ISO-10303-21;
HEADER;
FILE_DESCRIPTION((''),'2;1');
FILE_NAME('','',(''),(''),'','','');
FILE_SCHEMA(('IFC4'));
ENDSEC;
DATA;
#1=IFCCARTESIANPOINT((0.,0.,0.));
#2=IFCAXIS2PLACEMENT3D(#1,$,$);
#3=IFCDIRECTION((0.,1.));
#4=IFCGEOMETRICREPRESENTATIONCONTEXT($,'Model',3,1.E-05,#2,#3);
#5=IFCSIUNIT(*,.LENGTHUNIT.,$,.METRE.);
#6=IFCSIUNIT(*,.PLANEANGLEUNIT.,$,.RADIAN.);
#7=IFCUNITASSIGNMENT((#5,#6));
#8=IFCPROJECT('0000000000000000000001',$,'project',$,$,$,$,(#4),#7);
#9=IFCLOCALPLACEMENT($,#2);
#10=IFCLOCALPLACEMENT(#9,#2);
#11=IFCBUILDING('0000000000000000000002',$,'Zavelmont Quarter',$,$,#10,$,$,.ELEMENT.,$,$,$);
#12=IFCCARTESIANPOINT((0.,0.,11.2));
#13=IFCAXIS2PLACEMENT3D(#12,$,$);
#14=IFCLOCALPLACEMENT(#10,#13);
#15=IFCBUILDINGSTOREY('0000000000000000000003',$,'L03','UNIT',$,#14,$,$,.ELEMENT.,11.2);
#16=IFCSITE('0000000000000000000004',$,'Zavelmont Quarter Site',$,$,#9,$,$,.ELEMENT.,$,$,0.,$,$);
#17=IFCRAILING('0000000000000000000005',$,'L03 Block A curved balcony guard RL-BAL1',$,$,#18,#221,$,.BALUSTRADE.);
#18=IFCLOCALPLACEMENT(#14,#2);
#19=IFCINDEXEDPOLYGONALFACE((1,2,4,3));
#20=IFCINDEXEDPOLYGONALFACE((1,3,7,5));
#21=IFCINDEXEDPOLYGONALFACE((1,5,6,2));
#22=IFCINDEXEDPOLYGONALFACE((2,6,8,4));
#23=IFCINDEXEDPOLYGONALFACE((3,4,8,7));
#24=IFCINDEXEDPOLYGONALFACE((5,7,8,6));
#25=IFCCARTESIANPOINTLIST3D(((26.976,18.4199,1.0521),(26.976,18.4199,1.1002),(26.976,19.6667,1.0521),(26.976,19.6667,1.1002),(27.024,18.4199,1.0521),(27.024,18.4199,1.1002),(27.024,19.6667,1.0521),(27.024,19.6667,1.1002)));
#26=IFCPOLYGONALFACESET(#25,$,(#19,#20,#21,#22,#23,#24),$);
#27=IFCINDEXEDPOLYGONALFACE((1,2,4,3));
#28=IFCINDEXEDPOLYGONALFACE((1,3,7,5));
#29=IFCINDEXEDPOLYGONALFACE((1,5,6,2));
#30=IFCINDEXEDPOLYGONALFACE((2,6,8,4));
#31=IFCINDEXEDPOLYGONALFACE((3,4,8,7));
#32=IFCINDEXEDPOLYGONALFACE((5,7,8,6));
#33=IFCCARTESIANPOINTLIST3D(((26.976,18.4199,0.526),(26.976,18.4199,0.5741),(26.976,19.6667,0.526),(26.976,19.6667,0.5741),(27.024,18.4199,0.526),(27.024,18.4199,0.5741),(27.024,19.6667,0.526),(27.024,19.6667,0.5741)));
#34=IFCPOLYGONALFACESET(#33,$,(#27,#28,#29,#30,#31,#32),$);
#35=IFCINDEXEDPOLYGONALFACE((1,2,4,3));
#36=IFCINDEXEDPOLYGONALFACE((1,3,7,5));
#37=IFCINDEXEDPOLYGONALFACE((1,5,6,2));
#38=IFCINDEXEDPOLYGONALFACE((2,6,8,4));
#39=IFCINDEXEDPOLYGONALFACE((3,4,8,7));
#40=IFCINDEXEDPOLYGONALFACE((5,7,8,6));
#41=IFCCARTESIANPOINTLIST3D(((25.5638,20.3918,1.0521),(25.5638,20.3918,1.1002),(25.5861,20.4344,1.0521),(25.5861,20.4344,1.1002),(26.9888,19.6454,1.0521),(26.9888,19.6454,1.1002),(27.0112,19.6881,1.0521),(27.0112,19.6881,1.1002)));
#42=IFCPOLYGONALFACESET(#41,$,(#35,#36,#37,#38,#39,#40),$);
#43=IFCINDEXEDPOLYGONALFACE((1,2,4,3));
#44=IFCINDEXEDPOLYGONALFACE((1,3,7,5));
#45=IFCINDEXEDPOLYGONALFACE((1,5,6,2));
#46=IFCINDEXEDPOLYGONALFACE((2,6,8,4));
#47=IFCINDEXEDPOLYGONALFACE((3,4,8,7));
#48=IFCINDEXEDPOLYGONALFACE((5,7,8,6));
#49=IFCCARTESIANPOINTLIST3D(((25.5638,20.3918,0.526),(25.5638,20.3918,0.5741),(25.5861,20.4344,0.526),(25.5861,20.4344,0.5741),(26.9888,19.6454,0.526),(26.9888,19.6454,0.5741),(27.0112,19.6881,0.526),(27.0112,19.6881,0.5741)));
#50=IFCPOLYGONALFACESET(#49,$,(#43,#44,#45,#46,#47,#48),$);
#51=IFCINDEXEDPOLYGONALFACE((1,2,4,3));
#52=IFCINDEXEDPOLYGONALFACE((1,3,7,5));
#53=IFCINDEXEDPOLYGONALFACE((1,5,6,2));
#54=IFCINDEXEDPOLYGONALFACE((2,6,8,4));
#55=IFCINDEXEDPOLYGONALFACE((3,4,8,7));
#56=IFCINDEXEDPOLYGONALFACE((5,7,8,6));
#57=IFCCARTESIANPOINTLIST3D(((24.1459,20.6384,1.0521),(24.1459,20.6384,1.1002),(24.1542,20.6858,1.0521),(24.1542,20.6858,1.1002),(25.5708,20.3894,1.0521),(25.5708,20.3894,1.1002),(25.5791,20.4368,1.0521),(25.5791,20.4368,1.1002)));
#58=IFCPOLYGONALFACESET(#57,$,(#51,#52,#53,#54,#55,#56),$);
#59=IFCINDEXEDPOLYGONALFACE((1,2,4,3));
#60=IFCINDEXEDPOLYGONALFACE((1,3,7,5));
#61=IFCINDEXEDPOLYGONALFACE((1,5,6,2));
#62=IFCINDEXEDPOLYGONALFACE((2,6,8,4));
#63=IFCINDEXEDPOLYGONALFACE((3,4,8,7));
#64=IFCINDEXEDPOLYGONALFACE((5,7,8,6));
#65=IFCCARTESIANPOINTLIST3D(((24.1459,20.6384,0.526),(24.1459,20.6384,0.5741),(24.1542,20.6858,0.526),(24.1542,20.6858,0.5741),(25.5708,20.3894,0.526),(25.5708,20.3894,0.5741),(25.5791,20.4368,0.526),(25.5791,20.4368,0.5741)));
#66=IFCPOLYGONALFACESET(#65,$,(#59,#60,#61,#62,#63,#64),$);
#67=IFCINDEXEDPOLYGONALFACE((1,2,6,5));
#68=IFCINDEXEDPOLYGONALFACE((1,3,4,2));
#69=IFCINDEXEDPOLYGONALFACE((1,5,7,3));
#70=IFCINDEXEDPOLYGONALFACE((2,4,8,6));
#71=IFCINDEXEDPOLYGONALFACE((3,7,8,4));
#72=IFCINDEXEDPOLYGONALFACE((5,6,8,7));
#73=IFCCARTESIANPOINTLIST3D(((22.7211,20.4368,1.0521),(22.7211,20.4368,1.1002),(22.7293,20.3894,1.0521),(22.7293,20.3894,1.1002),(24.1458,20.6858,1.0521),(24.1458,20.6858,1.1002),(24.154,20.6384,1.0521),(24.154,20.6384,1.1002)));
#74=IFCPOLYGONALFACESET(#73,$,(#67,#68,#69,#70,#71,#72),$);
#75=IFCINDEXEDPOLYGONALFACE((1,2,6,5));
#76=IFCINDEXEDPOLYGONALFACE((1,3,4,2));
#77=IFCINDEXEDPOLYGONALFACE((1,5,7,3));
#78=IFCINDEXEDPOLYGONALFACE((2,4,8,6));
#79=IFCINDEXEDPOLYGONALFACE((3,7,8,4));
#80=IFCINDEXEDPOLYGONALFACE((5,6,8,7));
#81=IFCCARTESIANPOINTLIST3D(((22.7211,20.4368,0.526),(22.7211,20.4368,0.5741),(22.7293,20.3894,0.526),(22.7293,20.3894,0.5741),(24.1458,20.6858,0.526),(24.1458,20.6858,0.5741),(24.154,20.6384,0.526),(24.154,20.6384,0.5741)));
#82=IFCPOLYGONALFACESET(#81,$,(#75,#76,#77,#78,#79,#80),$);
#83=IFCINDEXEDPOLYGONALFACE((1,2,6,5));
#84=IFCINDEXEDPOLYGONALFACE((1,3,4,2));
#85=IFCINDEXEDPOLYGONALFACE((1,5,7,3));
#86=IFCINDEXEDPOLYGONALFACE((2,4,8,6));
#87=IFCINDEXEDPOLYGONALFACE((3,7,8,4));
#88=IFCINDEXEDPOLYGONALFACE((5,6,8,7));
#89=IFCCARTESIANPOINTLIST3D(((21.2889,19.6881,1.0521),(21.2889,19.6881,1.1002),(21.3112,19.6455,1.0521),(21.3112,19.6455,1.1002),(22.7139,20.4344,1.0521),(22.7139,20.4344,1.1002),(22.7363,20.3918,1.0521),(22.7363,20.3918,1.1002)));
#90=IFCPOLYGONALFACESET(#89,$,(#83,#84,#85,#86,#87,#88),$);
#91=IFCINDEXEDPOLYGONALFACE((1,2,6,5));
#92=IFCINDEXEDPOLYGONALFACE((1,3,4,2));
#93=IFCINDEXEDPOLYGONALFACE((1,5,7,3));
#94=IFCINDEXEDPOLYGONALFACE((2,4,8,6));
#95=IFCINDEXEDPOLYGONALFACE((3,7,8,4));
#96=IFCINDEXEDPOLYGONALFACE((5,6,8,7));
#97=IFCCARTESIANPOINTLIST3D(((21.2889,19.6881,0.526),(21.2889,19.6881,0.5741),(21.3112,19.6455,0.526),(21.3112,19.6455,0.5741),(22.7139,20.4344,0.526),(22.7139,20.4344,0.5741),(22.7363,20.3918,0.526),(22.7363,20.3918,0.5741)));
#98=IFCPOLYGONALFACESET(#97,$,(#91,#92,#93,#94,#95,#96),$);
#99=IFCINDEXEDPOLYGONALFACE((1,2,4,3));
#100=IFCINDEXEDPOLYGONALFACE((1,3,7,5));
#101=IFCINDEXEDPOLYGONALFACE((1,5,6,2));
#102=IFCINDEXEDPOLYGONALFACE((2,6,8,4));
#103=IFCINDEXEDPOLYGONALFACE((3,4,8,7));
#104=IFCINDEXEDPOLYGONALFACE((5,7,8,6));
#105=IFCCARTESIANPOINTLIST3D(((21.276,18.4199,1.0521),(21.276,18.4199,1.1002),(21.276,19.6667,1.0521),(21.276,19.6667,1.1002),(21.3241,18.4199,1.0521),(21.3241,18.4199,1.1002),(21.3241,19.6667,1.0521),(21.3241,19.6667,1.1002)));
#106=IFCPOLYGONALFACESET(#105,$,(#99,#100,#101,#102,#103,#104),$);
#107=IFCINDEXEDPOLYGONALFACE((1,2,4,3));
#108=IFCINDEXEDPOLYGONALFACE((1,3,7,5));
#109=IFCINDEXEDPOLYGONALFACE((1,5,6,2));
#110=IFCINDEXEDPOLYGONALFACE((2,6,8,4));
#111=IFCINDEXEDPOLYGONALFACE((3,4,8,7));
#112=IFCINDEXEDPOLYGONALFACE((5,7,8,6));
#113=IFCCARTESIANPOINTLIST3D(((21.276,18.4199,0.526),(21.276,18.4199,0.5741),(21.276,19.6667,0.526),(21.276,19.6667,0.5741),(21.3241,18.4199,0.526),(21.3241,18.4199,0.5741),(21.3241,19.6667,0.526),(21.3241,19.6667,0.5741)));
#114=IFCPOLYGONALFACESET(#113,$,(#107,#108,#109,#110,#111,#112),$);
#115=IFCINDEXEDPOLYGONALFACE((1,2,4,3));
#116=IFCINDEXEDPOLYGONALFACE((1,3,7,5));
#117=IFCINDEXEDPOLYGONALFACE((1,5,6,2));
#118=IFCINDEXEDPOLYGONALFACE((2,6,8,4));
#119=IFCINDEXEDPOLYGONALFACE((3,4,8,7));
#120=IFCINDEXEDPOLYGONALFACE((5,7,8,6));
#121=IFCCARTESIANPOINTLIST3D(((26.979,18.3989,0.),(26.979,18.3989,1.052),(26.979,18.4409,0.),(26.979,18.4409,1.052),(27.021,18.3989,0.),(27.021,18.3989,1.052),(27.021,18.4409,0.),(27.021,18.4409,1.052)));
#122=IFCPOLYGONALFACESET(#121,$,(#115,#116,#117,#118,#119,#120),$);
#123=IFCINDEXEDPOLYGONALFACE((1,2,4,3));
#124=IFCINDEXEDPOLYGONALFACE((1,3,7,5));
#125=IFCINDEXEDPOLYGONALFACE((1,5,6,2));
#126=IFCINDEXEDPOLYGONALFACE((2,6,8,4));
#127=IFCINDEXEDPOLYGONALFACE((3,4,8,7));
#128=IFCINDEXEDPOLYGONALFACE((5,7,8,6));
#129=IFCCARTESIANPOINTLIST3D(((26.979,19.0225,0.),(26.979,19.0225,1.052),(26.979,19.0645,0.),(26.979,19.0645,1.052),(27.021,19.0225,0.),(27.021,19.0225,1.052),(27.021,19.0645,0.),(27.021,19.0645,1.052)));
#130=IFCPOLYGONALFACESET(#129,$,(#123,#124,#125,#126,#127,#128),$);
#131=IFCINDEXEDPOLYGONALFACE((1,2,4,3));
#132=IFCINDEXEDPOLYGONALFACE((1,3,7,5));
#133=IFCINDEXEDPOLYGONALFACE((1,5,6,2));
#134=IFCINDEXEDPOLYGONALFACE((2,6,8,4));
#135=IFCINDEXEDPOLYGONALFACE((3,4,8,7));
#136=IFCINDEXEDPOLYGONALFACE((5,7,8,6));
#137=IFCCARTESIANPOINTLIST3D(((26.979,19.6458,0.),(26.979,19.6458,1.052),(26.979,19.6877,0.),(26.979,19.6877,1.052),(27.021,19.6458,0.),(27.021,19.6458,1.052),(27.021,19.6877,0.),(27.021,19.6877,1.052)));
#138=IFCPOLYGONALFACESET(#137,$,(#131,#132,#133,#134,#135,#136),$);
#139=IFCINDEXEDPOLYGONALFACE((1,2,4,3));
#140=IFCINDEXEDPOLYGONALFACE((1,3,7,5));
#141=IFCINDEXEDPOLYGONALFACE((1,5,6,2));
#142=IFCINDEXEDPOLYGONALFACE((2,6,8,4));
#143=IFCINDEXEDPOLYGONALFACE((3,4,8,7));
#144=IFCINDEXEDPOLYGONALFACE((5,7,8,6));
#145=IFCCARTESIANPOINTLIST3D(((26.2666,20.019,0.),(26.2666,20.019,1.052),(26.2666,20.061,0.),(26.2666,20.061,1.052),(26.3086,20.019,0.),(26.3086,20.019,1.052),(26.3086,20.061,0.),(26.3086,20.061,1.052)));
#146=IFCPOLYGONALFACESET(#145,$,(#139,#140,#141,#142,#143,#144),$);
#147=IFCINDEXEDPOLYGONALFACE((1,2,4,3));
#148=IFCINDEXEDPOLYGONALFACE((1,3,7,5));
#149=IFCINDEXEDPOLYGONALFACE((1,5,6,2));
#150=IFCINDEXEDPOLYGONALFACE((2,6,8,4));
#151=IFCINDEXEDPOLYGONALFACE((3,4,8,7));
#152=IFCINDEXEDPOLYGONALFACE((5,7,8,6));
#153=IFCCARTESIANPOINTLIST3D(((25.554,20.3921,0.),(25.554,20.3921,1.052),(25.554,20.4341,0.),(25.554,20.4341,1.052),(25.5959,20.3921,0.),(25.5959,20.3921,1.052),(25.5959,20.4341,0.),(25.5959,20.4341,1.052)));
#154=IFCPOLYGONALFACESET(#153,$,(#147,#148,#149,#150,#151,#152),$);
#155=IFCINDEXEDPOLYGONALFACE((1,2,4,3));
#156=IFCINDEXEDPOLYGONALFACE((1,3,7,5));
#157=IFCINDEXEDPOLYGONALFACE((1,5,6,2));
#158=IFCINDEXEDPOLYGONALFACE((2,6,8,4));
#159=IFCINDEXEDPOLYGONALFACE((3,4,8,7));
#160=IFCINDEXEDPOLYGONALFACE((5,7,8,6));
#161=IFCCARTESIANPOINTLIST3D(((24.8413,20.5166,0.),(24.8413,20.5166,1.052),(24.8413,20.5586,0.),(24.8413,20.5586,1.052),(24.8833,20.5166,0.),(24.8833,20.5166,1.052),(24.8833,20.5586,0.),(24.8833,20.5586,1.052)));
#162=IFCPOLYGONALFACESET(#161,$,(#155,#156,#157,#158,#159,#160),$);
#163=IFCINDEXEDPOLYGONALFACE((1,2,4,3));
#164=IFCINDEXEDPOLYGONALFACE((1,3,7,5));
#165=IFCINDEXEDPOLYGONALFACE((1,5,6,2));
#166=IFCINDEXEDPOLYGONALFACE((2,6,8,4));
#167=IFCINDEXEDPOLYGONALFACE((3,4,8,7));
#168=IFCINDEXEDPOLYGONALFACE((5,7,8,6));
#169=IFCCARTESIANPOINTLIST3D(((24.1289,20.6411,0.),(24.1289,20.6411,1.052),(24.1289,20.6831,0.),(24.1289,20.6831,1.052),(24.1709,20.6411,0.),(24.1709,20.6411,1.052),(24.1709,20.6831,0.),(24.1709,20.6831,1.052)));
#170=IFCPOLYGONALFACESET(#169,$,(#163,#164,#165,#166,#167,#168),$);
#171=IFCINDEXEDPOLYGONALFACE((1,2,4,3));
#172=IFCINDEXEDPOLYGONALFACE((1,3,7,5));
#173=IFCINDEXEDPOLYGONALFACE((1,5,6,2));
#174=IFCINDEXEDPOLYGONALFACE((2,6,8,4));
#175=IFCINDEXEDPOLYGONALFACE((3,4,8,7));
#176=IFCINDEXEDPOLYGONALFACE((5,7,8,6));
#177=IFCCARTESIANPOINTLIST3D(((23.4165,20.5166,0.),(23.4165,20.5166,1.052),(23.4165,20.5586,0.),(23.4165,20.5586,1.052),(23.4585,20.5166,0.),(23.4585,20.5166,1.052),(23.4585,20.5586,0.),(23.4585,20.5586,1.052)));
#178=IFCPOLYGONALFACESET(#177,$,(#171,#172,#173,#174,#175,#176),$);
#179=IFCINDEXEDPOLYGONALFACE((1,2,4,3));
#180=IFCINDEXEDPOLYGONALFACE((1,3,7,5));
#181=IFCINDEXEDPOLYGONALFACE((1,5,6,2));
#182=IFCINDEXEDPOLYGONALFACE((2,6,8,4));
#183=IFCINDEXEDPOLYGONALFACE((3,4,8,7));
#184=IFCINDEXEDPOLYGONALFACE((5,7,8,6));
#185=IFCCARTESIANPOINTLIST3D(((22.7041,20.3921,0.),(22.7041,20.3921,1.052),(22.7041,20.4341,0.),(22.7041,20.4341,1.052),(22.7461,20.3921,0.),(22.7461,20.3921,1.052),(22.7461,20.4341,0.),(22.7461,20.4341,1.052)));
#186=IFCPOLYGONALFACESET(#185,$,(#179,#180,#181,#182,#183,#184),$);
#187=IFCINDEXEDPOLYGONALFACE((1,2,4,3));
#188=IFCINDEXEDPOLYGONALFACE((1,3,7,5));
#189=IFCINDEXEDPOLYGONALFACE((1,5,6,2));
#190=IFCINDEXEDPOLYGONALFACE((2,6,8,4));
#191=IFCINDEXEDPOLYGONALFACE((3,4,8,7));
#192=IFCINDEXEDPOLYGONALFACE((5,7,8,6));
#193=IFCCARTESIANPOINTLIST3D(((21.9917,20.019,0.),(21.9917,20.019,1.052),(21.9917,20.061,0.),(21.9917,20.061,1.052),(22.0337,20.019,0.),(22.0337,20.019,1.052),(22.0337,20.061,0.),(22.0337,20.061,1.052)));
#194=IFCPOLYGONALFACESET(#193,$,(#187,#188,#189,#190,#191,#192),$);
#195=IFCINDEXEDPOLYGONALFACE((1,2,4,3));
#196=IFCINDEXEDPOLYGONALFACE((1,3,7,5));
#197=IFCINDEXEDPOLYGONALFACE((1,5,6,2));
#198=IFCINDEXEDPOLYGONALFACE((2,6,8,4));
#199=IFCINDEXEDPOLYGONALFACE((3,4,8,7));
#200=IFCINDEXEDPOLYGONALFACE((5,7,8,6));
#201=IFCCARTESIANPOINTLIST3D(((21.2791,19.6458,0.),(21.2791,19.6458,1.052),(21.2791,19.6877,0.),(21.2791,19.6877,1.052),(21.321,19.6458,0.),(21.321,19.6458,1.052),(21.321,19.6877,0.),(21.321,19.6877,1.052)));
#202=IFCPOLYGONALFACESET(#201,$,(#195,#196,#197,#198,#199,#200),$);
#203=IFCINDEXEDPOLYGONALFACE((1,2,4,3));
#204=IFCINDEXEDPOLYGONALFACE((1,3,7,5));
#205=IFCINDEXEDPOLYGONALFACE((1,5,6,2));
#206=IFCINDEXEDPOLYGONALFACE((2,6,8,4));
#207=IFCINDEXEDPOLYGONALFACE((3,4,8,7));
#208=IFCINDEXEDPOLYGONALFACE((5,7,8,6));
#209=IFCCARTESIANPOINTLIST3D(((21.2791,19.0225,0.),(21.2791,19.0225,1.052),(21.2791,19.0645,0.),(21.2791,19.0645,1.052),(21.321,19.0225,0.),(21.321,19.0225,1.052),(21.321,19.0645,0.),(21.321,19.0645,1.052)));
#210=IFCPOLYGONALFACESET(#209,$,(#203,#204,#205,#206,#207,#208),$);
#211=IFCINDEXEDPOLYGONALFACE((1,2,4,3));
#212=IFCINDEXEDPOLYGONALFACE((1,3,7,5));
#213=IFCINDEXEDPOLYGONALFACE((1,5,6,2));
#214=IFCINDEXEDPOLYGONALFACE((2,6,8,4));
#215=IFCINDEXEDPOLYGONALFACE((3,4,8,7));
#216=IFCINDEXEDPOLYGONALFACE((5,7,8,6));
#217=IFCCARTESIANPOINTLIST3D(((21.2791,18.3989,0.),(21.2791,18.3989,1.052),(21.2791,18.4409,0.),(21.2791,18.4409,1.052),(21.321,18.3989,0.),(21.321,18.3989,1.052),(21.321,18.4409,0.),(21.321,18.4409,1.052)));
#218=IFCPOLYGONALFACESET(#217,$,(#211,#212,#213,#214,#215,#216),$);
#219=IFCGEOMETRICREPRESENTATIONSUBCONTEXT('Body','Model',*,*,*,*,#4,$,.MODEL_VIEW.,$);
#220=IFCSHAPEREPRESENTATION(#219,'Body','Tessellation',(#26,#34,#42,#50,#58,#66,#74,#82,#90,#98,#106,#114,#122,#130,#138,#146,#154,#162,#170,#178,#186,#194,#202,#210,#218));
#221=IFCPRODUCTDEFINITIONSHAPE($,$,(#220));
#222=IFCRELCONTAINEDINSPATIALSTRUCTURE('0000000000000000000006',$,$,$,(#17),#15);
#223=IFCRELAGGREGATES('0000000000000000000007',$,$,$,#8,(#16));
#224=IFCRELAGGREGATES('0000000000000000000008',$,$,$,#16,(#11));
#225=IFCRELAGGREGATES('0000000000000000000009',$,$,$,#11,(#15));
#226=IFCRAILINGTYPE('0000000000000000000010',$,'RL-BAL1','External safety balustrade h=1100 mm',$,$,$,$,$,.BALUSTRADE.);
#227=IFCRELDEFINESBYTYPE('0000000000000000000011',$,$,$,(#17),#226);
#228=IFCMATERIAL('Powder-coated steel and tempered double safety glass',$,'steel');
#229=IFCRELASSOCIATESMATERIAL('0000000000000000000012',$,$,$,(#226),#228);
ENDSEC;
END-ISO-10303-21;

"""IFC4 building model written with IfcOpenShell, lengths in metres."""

from ifc_helpers import new_model, si_unit, direction, frame, origin, origin_2d, place, context, subcontext, project, spatial, rectangle, extrude, material, type_object, element, save


model = new_model("IFC4")

# Units and contexts
model_context = context("Model", 3, precision=1e-05, world=origin(), true_north=direction((0.0, 1.0)))
body_context = subcontext(model_context, "Body", "Model", "MODEL_VIEW")
ifc_project = project(units=[si_unit("LENGTHUNIT", "METRE"), si_unit("PLANEANGLEUNIT", "RADIAN")], contexts=[model_context])

# Site, building, storey
site_placement = place(None, origin())
site = spatial("IfcSite", under=ifc_project, at=site_placement, Name="Zavelmont Quarter Site", CompositionType="ELEMENT", RefElevation=0.0)
building_placement = place(site_placement, origin())
building = spatial("IfcBuilding", under=site, at=building_placement, Name="Zavelmont Quarter", CompositionType="ELEMENT")
storey_placement = place(building_placement, frame((0.0, 0.0, 11.2)))
storey = spatial("IfcBuildingStorey", under=building, at=storey_placement, Name="L03", Description="UNIT", CompositionType="ELEMENT", Elevation=11.2)

# Railing
ifc_material_1 = material(Name="Powder-coated steel and tempered double safety glass", Category="steel")
railing_type_1 = type_object("IfcRailingType", Name="RL-BAL1", Description="External safety balustrade h=1100 mm", PredefinedType="BALUSTRADE", material=ifc_material_1)
railing_1_placement = place(storey_placement, frame((27.0, 18.4199, 0.0)))
element("IfcRailing", 1, at=railing_1_placement, inside=storey, type_object=railing_type_1, Name="L03 Block A curved balcony guard RL-BAL1", PredefinedType="BALUSTRADE", context=body_context, shape_type="SweptSolid", body=[
    extrude(rectangle(XDim=0.0481, YDim=0.0481, at=origin_2d()), frame((0.0, 0.0, 1.0762), z_axis=(0.0, 1.0, 0.0), x_axis=(-1.0, 0.0, 0.0)), (0.0, 0.0, 1.0), 1.2468),
    extrude(rectangle(XDim=0.0481, YDim=0.0481, at=origin_2d()), frame((0.0, 0.0, 0.55), z_axis=(0.0, 1.0, 0.0), x_axis=(-1.0, 0.0, 0.0)), (0.0, 0.0, 1.0), 1.2468),
    extrude(rectangle(XDim=0.0481, YDim=0.0481, at=origin_2d()), frame((0.0, 1.2468, 1.0762), z_axis=(-0.885861, 0.46395, 0.0), x_axis=(-0.46395, -0.885861, 0.0)), (0.0, 0.0, 1.0), 1.6086),
    extrude(rectangle(XDim=0.0481, YDim=0.0481, at=origin_2d()), frame((0.0, 1.2468, 0.55), z_axis=(-0.885861, 0.46395, 0.0), x_axis=(-0.46395, -0.885861, 0.0)), (0.0, 0.0, 1.0), 1.6086),
    extrude(rectangle(XDim=0.0481, YDim=0.0481, at=origin_2d()), frame((-1.425, 1.9932, 1.0762), z_axis=(-0.985073, 0.172139, 0.0), x_axis=(-0.172139, -0.985073, 0.0)), (0.0, 0.0, 1.0), 1.4465),
    extrude(rectangle(XDim=0.0481, YDim=0.0481, at=origin_2d()), frame((-1.425, 1.9932, 0.55), z_axis=(-0.985073, 0.172139, 0.0), x_axis=(-0.172139, -0.985073, 0.0)), (0.0, 0.0, 1.0), 1.4465),
    extrude(rectangle(XDim=0.0481, YDim=0.0481, at=origin_2d()), frame((-2.8501, 2.2422, 1.0762), z_axis=(-0.985068, -0.172167, 0.0), x_axis=(0.172167, -0.985068, 0.0)), (0.0, 0.0, 1.0), 1.4463),
    extrude(rectangle(XDim=0.0481, YDim=0.0481, at=origin_2d()), frame((-2.8501, 2.2422, 0.55), z_axis=(-0.985068, -0.172167, 0.0), x_axis=(0.172167, -0.985068, 0.0)), (0.0, 0.0, 1.0), 1.4463),
    extrude(rectangle(XDim=0.0481, YDim=0.0481, at=origin_2d()), frame((-4.2749, 1.9932, 1.0762), z_axis=(-0.885861, -0.46395, 0.0), x_axis=(0.46395, -0.885861, 0.0)), (0.0, 0.0, 1.0), 1.6086),
    extrude(rectangle(XDim=0.0481, YDim=0.0481, at=origin_2d()), frame((-4.2749, 1.9932, 0.55), z_axis=(-0.885861, -0.46395, 0.0), x_axis=(0.46395, -0.885861, 0.0)), (0.0, 0.0, 1.0), 1.6086),
    extrude(rectangle(XDim=0.0481, YDim=0.0481, at=origin_2d()), frame((-5.7, 1.2468, 1.0762), z_axis=(0.0, -1.0, 0.0), x_axis=(1.0, 0.0, 0.0)), (0.0, 0.0, 1.0), 1.2468),
    extrude(rectangle(XDim=0.0481, YDim=0.0481, at=origin_2d()), frame((-5.7, 1.2468, 0.55), z_axis=(0.0, -1.0, 0.0), x_axis=(1.0, 0.0, 0.0)), (0.0, 0.0, 1.0), 1.2468),
    extrude(rectangle(XDim=0.042, YDim=0.042, at=origin_2d()), origin(), (0.0, 0.0, 1.0), 1.052),
    extrude(rectangle(XDim=0.042, YDim=0.042, at=origin_2d()), frame((0.0, 0.6235, 0.0)), (0.0, 0.0, 1.0), 1.052),
    extrude(rectangle(XDim=0.042, YDim=0.042, at=origin_2d()), frame((0.0, 1.2468, 0.0)), (0.0, 0.0, 1.0), 1.052),
    extrude(rectangle(XDim=0.042, YDim=0.042, at=origin_2d()), frame((-0.7124, 1.6201, 0.0)), (0.0, 0.0, 1.0), 1.052),
    extrude(rectangle(XDim=0.042, YDim=0.042, at=origin_2d()), frame((-1.425, 1.9932, 0.0)), (0.0, 0.0, 1.0), 1.052),
    extrude(rectangle(XDim=0.042, YDim=0.042, at=origin_2d()), frame((-2.1377, 2.1177, 0.0)), (0.0, 0.0, 1.0), 1.052),
    extrude(rectangle(XDim=0.042, YDim=0.042, at=origin_2d()), frame((-2.8501, 2.2422, 0.0)), (0.0, 0.0, 1.0), 1.052),
    extrude(rectangle(XDim=0.042, YDim=0.042, at=origin_2d()), frame((-3.5625, 2.1177, 0.0)), (0.0, 0.0, 1.0), 1.052),
    extrude(rectangle(XDim=0.042, YDim=0.042, at=origin_2d()), frame((-4.2749, 1.9932, 0.0)), (0.0, 0.0, 1.0), 1.052),
    extrude(rectangle(XDim=0.042, YDim=0.042, at=origin_2d()), frame((-4.9873, 1.6201, 0.0)), (0.0, 0.0, 1.0), 1.052),
    extrude(rectangle(XDim=0.042, YDim=0.042, at=origin_2d()), frame((-5.7, 1.2468, 0.0)), (0.0, 0.0, 1.0), 1.052),
    extrude(rectangle(XDim=0.042, YDim=0.042, at=origin_2d()), frame((-5.7, 0.6235, 0.0)), (0.0, 0.0, 1.0), 1.052),
    extrude(rectangle(XDim=0.042, YDim=0.042, at=origin_2d()), frame((-5.7, 0.0, 0.0)), (0.0, 0.0, 1.0), 1.052),
])

save(model, "model.ifc")
